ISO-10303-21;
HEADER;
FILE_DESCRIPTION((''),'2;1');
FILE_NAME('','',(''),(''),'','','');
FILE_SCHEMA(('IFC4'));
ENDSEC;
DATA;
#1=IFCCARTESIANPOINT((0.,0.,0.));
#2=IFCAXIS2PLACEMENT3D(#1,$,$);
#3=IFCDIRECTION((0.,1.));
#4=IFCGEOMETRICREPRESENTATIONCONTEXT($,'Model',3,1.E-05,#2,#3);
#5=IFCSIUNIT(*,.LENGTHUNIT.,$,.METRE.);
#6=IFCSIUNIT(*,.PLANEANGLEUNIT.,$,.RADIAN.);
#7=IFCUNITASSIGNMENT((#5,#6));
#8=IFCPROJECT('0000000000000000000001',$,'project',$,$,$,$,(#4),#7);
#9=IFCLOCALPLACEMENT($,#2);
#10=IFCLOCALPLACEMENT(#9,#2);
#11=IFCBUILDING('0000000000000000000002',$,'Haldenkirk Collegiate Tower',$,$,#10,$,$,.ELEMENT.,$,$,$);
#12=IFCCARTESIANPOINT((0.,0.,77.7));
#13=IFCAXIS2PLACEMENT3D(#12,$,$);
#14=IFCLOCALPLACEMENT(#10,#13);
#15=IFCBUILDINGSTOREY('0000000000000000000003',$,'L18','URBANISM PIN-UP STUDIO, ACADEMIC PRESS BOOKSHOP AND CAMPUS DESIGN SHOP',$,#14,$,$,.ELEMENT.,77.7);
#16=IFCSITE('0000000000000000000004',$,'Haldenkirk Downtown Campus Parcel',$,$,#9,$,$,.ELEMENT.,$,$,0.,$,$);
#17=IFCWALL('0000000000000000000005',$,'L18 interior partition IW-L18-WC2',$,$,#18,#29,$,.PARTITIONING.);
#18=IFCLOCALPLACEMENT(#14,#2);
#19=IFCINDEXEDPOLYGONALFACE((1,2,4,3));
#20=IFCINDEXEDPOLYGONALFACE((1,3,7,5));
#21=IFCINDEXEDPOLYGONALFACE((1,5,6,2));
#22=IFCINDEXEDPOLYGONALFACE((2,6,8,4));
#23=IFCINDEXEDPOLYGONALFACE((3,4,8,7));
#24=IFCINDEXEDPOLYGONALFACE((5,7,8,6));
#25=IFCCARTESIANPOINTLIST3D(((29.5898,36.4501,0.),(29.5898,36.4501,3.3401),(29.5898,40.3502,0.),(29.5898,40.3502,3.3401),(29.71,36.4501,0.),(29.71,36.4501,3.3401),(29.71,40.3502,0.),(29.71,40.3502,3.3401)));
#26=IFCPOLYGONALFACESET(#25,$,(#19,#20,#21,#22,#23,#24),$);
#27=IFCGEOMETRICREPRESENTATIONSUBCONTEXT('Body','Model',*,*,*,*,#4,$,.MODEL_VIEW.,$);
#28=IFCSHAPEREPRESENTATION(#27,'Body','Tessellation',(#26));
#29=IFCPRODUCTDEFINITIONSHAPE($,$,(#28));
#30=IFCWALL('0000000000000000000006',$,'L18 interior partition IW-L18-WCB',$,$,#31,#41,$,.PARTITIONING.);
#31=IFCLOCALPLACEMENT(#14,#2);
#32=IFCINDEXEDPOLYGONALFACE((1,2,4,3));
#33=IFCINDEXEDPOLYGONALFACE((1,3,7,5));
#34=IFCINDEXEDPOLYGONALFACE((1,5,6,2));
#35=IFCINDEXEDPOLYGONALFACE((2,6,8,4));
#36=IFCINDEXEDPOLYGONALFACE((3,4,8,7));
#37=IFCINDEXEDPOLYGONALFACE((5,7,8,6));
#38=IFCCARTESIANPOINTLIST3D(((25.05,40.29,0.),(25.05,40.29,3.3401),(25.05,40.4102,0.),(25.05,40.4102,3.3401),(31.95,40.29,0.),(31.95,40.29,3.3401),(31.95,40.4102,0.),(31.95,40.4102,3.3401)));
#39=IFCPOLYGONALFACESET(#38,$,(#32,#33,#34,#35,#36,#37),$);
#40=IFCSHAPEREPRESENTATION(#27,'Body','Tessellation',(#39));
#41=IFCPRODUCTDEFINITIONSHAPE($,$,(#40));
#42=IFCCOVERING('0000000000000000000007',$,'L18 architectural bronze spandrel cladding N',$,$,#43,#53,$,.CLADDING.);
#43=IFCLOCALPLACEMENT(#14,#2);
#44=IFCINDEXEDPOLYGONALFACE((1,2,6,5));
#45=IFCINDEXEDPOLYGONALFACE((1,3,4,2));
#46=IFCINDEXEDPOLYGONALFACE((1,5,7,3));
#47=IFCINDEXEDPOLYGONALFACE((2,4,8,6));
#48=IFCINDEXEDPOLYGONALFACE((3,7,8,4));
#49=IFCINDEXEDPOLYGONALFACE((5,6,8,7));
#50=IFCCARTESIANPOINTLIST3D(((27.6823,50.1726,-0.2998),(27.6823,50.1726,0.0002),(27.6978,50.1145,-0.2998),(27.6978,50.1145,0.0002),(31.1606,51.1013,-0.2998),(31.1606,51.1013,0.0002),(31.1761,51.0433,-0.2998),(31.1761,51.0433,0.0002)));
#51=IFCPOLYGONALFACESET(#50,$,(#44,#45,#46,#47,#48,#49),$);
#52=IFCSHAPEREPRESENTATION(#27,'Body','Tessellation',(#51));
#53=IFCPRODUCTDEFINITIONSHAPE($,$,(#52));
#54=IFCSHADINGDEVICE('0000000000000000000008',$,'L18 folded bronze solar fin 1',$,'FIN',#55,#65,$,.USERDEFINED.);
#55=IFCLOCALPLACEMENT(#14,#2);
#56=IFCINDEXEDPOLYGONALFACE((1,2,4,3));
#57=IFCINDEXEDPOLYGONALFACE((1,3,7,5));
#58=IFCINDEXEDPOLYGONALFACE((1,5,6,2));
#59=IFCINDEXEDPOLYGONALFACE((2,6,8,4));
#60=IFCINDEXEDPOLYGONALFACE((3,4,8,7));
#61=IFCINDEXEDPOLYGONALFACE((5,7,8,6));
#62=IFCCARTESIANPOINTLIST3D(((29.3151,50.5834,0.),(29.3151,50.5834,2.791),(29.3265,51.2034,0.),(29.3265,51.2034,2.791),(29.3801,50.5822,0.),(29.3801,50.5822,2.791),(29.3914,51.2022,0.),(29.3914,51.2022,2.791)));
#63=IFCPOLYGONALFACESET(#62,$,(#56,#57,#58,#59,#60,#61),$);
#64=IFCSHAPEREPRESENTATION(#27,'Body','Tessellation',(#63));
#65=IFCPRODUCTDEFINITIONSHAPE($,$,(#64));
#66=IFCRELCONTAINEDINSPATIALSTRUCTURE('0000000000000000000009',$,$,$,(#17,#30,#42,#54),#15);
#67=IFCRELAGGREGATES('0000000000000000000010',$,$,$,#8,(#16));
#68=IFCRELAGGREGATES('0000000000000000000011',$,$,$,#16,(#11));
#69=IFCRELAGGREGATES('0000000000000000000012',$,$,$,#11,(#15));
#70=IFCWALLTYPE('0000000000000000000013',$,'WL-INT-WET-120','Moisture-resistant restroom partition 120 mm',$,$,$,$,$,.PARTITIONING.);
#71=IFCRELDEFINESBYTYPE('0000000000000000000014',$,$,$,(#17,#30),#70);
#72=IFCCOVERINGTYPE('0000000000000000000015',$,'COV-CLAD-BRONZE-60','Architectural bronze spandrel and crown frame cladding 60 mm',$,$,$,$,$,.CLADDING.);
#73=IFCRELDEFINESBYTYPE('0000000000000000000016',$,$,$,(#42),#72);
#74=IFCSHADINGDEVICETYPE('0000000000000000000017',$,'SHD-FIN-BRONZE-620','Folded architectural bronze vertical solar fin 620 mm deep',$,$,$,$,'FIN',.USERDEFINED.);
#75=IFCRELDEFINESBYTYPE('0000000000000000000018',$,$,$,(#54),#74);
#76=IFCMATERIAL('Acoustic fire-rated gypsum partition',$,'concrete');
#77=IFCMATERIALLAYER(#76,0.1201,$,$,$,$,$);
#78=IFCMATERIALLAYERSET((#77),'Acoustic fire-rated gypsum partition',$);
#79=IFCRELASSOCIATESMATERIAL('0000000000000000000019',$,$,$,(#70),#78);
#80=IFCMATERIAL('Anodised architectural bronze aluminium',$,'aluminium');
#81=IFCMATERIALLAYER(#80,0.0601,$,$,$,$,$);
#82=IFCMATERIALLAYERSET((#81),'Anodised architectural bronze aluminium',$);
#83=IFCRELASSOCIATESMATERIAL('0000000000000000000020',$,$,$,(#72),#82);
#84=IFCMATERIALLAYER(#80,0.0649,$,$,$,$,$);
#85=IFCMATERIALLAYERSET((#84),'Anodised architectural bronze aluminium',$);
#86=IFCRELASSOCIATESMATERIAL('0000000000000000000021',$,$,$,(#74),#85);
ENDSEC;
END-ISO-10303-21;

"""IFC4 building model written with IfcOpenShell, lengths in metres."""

from ifc_helpers import new_model, si_unit, direction, frame, frame_2d, origin, origin_2d, place, context, subcontext, project, spatial, rectangle, extrude, source, transform, mapped, material, layer, layer_set, type_object, element, save


model = new_model("IFC4")

# Units and contexts
model_context = context("Model", 3, precision=1e-05, world=origin(), true_north=direction((0.0, 1.0)))
body_context = subcontext(model_context, "Body", "Model", "MODEL_VIEW")
ifc_project = project(units=[si_unit("LENGTHUNIT", "METRE"), si_unit("PLANEANGLEUNIT", "RADIAN")], contexts=[model_context])

# Site, building, storey
site_placement = place(None, origin())
site = spatial("IfcSite", under=ifc_project, at=site_placement, Name="Haldenkirk Downtown Campus Parcel", CompositionType="ELEMENT", RefElevation=0.0)
building_placement = place(site_placement, origin())
building = spatial("IfcBuilding", under=site, at=building_placement, Name="Haldenkirk Collegiate Tower", CompositionType="ELEMENT")
storey_placement = place(building_placement, frame((0.0, 0.0, 77.7)))
storey = spatial("IfcBuildingStorey", under=building, at=storey_placement, Name="L18", Description="URBANISM PIN-UP STUDIO, ACADEMIC PRESS BOOKSHOP AND CAMPUS DESIGN SHOP", CompositionType="ELEMENT", Elevation=77.7)

# Shared definitions
ifc_material_1 = material(Name="Anodised architectural bronze aluminium", Category="aluminium")

# Shared definitions
ifc_material_2 = material(Name="Acoustic fire-rated gypsum partition", Category="concrete")

# Walls
ifc_layer_1 = layer(ifc_material_2, 0.1201)
ifc_layer_set_1 = layer_set([ifc_layer_1], Name="Acoustic fire-rated gypsum partition")
wall_type_1 = type_object("IfcWallType", Name="WL-INT-WET-120", Description="Moisture-resistant restroom partition 120 mm", PredefinedType="PARTITIONING", material=ifc_layer_set_1)
for number, where, z_axis, x_axis, name in (
    (1, (29.6499, 36.45, 0.0), (0.0, 0.0, 1.0), (0.0, 1.0, 0.0), "L18 interior partition IW-L18-WC2"),
):
    element("IfcWall", number, at=place(storey_placement, frame(where, z_axis=z_axis, x_axis=x_axis)), inside=storey, type_object=wall_type_1, Name=name, PredefinedType="PARTITIONING", context=body_context, shape_type="SweptSolid", body=[
        extrude(rectangle(XDim=3.9001, YDim=0.1201, at=frame_2d((1.9502, 0.0))), origin(), (0.0, 0.0, 1.0), 3.3401),
    ])
wall_1_placement = place(storey_placement, frame((25.05, 40.3501, 0.0), z_axis=(0.0, 0.0, 1.0), x_axis=(1.0, 0.0, 0.0)))
element("IfcWall", 2, at=wall_1_placement, inside=storey, type_object=wall_type_1, Name="L18 interior partition IW-L18-WCB", PredefinedType="PARTITIONING", context=body_context, shape_type="SweptSolid", body=[
    extrude(rectangle(XDim=6.8999, YDim=0.1201, at=frame_2d((3.45, 0.0))), origin(), (0.0, 0.0, 1.0), 3.3401),
])

# Covering
ifc_layer_2 = layer(ifc_material_1, 0.0601)
ifc_layer_set_2 = layer_set([ifc_layer_2], Name="Anodised architectural bronze aluminium")
covering_type = type_object("IfcCoveringType", Name="COV-CLAD-BRONZE-60", Description="Architectural bronze spandrel and crown frame cladding 60 mm", PredefinedType="CLADDING", material=ifc_layer_set_2)
shared_shape_1 = source(origin(), body_context, "Body", "SweptSolid", [
    extrude(rectangle(XDim=3.6001, YDim=0.0601, at=origin_2d()), origin(), (0.0, 0.0, 1.0), 0.3),
])
covering_placement = place(storey_placement, frame((29.4292, 50.6079, -0.2998), z_axis=(0.0, 0.0, 1.0), x_axis=(0.966151, 0.257976, 0.0)))
element("IfcCovering", 3, at=covering_placement, inside=storey, type_object=covering_type, Name="L18 architectural bronze spandrel cladding N", PredefinedType="CLADDING", context=body_context, shape_type="MappedRepresentation", body=[
    mapped(shared_shape_1, transform((0.0, 0.0, 0.0), x_axis=(1.0, 0.0, 0.0), y_axis=(0.0, 1.0, 0.0), z_axis=(0.0, 0.0, 1.0), scale=1.0)),
])

# Shading device
ifc_layer_3 = layer(ifc_material_1, 0.0649)
ifc_layer_set_3 = layer_set([ifc_layer_3], Name="Anodised architectural bronze aluminium")
shading_device_type = type_object("IfcShadingDeviceType", Name="SHD-FIN-BRONZE-620", Description="Folded architectural bronze vertical solar fin 620 mm deep", ElementType="FIN", PredefinedType="USERDEFINED", material=ifc_layer_set_3)
shared_shape_2 = source(origin(), body_context, "Body", "SweptSolid", [
    extrude(rectangle(XDim=0.6201, YDim=0.0649, at=origin_2d()), origin(), (0.0, 0.0, 1.0), 2.791),
])
shading_device_placement = place(storey_placement, frame((29.3533, 50.8928, 0.0), z_axis=(0.0, 0.0, 1.0), x_axis=(0.018325, 0.999832, 0.0)))
element("IfcShadingDevice", 4, at=shading_device_placement, inside=storey, type_object=shading_device_type, Name="L18 folded bronze solar fin 1", ObjectType="FIN", PredefinedType="USERDEFINED", context=body_context, shape_type="MappedRepresentation", body=[
    mapped(shared_shape_2, transform((0.0, 0.0, 0.0), x_axis=(1.0, 0.0, 0.0), y_axis=(0.0, 1.0, 0.0), z_axis=(0.0, 0.0, 1.0), scale=1.0)),
])

save(model, "model.ifc")
